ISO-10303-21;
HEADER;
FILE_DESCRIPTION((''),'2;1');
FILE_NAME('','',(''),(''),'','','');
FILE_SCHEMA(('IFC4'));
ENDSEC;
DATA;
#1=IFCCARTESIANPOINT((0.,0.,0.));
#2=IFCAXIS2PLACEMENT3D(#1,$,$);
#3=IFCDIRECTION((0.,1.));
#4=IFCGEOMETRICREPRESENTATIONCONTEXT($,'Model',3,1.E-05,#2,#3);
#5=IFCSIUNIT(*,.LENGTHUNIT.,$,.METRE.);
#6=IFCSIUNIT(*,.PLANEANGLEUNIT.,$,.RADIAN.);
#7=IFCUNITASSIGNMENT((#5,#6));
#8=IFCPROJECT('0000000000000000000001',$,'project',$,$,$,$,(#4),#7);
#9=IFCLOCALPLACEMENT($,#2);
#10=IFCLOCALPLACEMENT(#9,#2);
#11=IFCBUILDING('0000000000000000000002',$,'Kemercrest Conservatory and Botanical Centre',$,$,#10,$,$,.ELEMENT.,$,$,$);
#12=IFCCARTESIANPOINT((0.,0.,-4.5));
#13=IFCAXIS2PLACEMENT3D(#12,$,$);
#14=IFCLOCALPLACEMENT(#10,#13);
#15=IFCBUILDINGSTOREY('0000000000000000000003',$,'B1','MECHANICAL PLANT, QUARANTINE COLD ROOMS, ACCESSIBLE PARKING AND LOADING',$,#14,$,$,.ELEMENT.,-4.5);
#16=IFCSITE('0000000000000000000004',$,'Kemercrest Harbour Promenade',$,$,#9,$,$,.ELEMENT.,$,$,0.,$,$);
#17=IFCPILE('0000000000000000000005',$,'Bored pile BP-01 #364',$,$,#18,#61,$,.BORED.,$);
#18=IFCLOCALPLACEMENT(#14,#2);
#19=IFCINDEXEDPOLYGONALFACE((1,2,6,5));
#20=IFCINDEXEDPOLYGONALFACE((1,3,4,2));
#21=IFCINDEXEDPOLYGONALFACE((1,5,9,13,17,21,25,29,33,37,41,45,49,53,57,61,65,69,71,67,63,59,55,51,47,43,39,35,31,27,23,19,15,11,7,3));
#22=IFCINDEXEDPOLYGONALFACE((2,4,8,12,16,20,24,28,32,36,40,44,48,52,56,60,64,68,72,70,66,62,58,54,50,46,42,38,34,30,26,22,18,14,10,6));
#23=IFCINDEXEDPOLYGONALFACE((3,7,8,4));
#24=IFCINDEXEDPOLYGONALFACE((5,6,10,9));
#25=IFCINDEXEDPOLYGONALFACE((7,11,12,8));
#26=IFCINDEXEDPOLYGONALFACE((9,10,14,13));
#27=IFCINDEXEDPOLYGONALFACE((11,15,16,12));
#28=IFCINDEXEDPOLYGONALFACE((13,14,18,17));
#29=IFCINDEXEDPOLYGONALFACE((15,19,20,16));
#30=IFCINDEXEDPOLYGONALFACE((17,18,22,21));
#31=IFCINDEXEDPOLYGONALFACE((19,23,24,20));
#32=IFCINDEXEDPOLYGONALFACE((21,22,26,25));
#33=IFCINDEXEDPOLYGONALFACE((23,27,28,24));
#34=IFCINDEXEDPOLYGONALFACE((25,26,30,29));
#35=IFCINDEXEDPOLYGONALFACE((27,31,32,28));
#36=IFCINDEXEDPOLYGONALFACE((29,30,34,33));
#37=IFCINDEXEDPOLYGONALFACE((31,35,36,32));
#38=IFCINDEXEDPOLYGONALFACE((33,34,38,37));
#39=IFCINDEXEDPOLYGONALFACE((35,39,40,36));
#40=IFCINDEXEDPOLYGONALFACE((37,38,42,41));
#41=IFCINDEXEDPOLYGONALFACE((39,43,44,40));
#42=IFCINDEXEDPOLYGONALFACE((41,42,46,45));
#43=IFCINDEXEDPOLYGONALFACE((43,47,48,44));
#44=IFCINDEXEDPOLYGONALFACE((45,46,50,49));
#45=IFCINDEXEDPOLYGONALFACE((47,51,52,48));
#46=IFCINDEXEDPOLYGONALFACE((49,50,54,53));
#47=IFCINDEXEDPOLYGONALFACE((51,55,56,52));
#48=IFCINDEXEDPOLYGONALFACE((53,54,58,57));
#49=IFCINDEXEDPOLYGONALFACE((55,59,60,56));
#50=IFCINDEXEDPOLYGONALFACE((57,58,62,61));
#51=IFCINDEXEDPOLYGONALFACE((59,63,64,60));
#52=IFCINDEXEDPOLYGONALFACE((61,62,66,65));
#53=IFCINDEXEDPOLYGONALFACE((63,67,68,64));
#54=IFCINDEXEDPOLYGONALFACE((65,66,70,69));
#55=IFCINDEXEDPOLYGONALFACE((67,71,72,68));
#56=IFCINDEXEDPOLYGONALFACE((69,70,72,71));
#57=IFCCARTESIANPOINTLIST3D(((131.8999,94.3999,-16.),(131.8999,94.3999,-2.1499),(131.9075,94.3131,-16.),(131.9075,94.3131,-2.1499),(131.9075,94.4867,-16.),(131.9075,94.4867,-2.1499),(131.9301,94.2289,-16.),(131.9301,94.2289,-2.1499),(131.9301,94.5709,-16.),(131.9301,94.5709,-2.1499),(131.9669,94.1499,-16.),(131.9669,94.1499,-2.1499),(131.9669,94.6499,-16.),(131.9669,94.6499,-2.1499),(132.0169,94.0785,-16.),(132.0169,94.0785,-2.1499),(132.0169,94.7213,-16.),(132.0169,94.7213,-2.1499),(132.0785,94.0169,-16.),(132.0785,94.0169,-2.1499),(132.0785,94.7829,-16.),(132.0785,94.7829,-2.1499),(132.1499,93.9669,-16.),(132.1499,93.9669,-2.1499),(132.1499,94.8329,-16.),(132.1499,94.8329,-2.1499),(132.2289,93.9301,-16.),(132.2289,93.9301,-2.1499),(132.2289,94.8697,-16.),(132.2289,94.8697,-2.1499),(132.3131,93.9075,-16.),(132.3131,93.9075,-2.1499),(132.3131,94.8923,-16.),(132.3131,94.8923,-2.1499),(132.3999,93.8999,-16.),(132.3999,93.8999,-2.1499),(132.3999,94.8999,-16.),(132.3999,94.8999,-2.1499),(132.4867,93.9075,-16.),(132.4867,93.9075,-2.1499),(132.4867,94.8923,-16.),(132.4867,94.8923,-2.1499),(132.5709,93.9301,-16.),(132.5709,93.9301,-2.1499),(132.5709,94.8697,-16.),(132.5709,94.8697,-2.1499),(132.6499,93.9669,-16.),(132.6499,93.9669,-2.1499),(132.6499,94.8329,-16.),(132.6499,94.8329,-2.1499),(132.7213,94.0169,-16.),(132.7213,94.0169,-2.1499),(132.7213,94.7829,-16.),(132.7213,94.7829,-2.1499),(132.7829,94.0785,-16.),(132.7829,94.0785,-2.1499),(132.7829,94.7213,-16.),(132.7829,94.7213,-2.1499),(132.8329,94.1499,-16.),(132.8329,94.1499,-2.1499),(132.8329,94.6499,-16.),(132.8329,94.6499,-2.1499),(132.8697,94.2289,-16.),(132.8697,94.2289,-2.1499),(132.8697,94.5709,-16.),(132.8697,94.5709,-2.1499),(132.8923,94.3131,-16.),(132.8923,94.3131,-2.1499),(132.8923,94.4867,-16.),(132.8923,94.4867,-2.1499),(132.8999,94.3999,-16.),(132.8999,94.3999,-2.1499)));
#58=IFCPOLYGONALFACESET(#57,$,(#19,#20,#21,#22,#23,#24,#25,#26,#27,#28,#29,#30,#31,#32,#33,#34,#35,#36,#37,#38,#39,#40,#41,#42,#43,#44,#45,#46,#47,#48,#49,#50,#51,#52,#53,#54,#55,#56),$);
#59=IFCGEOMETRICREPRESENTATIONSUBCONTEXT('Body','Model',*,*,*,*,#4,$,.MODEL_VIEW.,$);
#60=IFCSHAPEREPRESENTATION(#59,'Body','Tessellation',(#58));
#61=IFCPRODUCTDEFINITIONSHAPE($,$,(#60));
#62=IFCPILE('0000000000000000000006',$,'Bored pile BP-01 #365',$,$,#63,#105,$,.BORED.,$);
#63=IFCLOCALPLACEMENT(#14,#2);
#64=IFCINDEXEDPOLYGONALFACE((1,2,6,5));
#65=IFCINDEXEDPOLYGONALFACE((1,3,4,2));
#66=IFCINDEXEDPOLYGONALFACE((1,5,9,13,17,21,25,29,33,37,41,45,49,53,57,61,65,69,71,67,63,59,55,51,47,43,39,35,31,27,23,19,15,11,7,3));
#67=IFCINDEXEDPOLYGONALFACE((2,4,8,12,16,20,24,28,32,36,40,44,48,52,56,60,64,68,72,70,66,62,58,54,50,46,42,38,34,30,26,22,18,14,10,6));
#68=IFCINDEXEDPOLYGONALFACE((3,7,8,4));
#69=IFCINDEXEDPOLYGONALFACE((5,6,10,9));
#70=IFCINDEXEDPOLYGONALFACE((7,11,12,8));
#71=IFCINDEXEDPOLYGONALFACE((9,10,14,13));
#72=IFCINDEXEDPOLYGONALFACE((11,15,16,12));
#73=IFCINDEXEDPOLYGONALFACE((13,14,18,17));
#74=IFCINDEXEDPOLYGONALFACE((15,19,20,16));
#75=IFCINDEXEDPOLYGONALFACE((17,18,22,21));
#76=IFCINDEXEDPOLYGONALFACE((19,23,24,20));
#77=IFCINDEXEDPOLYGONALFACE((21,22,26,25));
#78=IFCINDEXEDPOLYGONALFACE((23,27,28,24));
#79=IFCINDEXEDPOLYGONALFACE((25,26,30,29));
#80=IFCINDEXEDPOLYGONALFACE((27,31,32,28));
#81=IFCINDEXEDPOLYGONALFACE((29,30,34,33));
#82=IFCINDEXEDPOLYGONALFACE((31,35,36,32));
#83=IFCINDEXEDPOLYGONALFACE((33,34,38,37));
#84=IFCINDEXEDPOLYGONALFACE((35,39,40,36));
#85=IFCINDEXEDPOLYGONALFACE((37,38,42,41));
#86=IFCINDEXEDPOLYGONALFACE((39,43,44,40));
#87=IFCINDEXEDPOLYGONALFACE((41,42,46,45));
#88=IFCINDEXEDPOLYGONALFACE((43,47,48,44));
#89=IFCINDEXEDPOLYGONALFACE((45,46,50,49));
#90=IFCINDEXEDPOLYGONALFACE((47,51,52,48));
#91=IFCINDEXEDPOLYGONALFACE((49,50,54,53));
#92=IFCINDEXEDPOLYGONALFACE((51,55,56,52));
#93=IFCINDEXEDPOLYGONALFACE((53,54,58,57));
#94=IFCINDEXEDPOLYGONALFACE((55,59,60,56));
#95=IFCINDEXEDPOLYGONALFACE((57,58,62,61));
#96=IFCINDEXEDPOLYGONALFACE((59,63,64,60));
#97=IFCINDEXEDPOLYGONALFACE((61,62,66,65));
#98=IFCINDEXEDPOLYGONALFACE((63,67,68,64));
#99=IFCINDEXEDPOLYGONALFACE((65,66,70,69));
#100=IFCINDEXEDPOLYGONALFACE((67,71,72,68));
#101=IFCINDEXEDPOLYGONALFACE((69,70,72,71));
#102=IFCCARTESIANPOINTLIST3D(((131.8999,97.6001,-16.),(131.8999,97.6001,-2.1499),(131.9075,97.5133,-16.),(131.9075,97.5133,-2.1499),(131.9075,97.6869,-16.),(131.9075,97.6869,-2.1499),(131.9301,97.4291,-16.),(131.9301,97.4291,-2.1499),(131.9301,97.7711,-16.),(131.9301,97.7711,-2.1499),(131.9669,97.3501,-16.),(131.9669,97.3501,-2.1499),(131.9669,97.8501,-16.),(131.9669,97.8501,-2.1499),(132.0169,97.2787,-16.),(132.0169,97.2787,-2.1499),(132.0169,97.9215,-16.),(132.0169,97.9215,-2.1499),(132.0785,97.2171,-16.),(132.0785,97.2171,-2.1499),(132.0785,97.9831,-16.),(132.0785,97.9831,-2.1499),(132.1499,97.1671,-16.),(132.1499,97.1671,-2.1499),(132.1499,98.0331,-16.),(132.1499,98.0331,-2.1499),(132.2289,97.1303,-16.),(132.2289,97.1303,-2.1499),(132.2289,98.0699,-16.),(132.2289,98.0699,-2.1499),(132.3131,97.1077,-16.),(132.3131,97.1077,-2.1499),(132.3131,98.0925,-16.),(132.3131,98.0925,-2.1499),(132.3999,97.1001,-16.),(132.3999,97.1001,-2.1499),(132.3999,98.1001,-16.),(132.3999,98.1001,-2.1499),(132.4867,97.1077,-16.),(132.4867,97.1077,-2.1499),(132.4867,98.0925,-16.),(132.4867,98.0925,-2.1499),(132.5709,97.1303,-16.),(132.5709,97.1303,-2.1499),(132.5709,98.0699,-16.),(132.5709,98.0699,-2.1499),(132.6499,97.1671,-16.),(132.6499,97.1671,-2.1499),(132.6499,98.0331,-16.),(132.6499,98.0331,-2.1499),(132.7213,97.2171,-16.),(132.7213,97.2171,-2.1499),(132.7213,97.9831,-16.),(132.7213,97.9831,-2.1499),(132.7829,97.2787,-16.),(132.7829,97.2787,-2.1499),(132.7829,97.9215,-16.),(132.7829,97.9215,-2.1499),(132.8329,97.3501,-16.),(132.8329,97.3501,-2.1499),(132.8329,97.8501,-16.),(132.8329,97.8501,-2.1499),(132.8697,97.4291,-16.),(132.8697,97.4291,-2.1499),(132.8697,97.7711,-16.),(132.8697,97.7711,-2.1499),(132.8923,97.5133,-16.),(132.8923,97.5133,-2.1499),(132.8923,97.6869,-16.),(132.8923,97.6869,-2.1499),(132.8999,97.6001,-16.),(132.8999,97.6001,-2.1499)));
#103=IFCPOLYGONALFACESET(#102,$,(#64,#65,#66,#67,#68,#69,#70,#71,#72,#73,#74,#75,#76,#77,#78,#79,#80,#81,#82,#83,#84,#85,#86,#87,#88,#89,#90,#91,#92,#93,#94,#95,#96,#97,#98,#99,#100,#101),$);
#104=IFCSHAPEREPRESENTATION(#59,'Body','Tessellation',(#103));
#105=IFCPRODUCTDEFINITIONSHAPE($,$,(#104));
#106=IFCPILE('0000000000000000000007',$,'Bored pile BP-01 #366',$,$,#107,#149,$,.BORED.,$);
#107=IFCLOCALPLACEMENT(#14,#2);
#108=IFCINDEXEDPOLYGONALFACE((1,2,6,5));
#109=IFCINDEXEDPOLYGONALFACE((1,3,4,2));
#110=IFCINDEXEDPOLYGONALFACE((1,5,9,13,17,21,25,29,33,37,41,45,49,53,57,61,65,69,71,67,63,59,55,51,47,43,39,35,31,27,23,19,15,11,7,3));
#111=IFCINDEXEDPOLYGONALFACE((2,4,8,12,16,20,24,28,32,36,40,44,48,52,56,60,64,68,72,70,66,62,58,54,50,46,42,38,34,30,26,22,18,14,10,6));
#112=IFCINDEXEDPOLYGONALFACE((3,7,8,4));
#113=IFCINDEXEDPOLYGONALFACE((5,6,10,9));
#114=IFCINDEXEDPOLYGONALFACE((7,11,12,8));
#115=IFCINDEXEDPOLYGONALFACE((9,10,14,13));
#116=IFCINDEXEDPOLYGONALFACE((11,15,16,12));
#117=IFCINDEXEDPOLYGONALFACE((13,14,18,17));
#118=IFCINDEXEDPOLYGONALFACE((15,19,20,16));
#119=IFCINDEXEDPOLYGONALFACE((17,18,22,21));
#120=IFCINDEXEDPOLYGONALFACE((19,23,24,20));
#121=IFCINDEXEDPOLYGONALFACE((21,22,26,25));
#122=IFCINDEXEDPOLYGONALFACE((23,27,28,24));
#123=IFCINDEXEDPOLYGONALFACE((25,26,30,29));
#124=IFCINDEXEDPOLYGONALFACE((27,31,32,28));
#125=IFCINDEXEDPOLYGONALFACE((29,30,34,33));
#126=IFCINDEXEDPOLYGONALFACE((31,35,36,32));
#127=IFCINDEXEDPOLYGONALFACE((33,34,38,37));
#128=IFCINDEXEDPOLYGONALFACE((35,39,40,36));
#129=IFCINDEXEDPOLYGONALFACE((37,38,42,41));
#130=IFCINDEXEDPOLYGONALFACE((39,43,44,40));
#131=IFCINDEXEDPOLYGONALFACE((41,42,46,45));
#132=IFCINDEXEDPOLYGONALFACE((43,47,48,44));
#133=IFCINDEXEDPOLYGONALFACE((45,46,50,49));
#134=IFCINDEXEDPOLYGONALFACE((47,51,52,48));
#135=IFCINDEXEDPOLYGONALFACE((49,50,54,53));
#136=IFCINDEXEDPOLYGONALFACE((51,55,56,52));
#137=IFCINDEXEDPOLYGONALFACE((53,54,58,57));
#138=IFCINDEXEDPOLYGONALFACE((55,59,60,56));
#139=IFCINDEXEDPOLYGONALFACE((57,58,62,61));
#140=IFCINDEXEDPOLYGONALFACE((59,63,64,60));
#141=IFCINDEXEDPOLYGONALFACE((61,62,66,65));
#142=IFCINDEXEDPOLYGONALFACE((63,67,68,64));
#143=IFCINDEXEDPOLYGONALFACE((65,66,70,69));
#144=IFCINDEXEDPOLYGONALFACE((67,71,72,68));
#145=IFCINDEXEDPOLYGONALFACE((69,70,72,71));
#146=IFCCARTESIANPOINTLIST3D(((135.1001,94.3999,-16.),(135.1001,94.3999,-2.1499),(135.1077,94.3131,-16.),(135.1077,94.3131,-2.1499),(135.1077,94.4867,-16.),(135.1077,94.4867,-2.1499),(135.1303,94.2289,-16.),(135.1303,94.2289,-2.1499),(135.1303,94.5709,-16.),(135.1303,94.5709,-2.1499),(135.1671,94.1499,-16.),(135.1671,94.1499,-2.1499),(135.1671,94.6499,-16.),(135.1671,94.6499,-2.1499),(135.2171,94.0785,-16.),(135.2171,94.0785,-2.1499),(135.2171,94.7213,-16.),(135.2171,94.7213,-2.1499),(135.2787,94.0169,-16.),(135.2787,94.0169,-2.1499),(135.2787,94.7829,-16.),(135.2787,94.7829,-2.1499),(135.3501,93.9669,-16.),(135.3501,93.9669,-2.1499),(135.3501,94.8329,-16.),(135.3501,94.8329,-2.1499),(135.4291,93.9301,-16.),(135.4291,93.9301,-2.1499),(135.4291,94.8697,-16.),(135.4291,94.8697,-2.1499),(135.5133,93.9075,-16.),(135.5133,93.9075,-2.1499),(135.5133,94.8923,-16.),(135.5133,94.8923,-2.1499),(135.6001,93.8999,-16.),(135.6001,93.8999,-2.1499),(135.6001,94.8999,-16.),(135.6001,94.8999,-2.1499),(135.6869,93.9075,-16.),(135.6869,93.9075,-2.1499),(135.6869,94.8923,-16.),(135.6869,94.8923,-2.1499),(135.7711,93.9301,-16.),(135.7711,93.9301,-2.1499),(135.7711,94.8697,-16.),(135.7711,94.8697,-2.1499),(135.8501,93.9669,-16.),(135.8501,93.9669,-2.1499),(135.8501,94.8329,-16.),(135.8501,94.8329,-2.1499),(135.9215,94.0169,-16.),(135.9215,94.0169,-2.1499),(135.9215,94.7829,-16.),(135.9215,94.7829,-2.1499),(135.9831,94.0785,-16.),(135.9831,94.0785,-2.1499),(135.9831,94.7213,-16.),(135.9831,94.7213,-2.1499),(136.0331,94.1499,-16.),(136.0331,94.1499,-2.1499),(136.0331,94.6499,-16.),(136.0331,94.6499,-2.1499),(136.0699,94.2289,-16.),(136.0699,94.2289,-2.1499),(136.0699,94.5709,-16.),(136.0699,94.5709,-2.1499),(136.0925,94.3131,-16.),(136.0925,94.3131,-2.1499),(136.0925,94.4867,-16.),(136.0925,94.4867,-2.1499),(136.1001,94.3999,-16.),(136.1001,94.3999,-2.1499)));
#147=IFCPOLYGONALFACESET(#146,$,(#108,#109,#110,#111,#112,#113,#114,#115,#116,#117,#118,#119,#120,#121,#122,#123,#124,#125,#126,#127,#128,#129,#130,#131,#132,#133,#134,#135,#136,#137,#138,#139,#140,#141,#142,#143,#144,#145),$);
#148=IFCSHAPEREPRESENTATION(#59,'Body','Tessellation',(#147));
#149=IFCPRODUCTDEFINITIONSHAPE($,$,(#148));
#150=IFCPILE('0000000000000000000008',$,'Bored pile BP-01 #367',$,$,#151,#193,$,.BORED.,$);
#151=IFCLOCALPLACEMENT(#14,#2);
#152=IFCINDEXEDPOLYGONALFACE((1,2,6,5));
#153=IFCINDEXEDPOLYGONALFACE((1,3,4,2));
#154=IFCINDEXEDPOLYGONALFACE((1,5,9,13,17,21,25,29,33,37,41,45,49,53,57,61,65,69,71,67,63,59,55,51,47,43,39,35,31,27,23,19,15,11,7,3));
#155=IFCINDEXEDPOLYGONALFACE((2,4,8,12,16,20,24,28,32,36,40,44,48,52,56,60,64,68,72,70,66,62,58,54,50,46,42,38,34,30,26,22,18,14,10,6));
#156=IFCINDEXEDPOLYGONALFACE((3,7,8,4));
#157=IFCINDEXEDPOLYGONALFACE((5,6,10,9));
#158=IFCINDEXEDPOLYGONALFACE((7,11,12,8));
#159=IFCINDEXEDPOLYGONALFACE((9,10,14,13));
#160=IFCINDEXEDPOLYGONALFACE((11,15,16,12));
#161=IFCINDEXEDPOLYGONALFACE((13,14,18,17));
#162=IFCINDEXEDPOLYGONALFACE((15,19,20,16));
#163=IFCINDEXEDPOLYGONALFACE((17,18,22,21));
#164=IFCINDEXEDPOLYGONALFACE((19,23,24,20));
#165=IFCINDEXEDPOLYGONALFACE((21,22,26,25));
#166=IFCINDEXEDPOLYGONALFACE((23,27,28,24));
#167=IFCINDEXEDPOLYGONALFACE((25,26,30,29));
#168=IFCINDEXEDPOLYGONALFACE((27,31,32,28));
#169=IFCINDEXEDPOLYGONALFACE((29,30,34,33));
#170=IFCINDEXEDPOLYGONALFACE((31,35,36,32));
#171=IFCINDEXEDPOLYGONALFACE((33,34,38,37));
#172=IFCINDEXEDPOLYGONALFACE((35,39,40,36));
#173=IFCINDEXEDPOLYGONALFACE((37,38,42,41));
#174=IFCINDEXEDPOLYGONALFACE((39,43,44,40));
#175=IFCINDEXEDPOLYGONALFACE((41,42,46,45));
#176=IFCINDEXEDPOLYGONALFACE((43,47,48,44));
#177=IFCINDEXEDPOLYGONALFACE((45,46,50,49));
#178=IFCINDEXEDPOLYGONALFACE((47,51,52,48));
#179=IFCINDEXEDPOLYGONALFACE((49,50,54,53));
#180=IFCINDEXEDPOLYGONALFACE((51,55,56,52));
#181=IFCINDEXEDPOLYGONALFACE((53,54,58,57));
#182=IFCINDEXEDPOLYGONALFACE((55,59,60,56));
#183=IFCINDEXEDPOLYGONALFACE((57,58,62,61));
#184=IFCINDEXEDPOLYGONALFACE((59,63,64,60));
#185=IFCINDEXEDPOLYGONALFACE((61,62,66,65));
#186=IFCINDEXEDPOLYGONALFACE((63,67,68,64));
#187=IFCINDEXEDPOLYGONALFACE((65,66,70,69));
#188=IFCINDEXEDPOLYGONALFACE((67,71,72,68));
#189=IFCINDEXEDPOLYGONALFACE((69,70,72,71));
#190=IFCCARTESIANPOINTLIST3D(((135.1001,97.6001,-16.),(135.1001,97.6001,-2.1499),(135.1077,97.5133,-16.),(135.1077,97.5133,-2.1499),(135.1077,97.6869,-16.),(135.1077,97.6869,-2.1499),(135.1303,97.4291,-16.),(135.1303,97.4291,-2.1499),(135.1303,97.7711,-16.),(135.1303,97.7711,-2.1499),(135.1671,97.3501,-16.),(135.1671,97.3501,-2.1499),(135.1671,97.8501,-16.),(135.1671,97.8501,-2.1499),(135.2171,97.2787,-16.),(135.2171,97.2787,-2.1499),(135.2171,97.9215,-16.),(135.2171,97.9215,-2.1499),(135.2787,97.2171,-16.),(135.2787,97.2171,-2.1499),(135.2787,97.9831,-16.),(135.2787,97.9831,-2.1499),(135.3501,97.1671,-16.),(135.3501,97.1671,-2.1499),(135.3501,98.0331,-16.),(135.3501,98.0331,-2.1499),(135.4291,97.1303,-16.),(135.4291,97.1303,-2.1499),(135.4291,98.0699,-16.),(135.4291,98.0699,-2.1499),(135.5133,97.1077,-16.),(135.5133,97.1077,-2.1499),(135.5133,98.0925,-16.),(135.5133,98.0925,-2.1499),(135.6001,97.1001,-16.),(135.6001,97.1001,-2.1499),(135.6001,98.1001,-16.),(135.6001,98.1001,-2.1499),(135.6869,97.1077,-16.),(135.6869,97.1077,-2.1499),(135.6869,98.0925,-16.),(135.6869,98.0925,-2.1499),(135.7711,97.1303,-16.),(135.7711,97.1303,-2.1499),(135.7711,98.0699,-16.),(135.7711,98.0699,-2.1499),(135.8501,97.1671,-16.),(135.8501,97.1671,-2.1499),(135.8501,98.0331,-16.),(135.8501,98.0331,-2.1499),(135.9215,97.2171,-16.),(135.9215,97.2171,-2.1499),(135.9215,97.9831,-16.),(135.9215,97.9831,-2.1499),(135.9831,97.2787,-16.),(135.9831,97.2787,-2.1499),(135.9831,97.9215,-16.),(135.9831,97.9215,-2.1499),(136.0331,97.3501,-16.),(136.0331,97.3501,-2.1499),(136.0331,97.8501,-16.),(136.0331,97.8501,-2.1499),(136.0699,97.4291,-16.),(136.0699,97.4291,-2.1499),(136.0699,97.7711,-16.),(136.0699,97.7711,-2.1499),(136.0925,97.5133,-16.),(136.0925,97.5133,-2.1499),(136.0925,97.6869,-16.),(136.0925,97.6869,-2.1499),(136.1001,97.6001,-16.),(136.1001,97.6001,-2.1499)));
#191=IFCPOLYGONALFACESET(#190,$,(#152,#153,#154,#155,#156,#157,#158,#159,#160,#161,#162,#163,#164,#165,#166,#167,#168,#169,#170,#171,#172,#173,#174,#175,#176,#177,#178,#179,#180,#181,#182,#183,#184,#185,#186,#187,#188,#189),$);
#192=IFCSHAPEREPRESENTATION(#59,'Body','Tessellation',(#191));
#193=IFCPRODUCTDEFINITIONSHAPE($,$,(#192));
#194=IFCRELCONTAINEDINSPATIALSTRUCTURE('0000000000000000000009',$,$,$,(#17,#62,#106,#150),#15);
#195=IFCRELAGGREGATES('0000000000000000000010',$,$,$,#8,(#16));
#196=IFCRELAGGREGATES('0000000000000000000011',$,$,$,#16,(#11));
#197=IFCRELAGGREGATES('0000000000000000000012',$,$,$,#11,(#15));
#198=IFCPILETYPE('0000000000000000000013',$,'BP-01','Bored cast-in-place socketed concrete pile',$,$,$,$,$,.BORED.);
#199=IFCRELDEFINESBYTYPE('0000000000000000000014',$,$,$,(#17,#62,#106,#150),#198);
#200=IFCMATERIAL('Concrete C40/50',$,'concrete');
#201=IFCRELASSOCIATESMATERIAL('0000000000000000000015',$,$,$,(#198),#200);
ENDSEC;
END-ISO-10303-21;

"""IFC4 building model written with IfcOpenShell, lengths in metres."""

from ifc_helpers import new_model, si_unit, direction, frame, origin, origin_2d, place, context, subcontext, project, spatial, circle, extrude, material, material_profile, profile_set, type_object, element, save


model = new_model("IFC4")

# Units and contexts
model_context = context("Model", 3, precision=1e-05, world=origin(), true_north=direction((0.0, 1.0)))
body_context = subcontext(model_context, "Body", "Model", "MODEL_VIEW")
ifc_project = project(units=[si_unit("LENGTHUNIT", "METRE"), si_unit("PLANEANGLEUNIT", "RADIAN")], contexts=[model_context])

# Site, building, storey
site_placement = place(None, origin())
site = spatial("IfcSite", under=ifc_project, at=site_placement, Name="Kemercrest Harbour Promenade", CompositionType="ELEMENT", RefElevation=0.0)
building_placement = place(site_placement, origin())
building = spatial("IfcBuilding", under=site, at=building_placement, Name="Kemercrest Conservatory and Botanical Centre", CompositionType="ELEMENT")
storey_placement = place(building_placement, frame((0.0, 0.0, -4.5)))
storey = spatial("IfcBuildingStorey", under=building, at=storey_placement, Name="B1", Description="MECHANICAL PLANT, QUARANTINE COLD ROOMS, ACCESSIBLE PARKING AND LOADING", CompositionType="ELEMENT", Elevation=-4.5)

# Piles
ifc_material_1 = material(Name="Concrete C40/50", Category="concrete")
ifc_material_profile_1 = material_profile(ifc_material_1, circle(Radius=0.5, at=origin_2d()), Name="BORED PILE 1000")
ifc_profile_set_1 = profile_set([ifc_material_profile_1], Name="Concrete C40/50")
pile_type = type_object("IfcPileType", Name="BP-01", Description="Bored cast-in-place socketed concrete pile", PredefinedType="BORED", material=ifc_profile_set_1)
for number, where, z_axis, x_axis, name in (
    (1, (132.3999, 94.3999, -2.1499), (0.0, 0.0, -1.0), (1.0, 0.0, 0.0), "Bored pile BP-01 #364"),
    (2, (132.3999, 97.6001, -2.1499), (0.0, 0.0, -1.0), (1.0, 0.0, 0.0), "Bored pile BP-01 #365"),
    (3, (135.6001, 94.3999, -2.1499), (0.0, 0.0, -1.0), (1.0, 0.0, 0.0), "Bored pile BP-01 #366"),
    (4, (135.6001, 97.6001, -2.1499), (0.0, 0.0, -1.0), (1.0, 0.0, 0.0), "Bored pile BP-01 #367"),
):
    element("IfcPile", number, at=place(storey_placement, frame(where, z_axis=z_axis, x_axis=x_axis)), inside=storey, type_object=pile_type, Name=name, PredefinedType="BORED", context=body_context, shape_type="SweptSolid", body=[
        extrude(circle(Radius=0.5, at=origin_2d()), origin(), (0.0, 0.0, 1.0), 13.8501),
    ])

save(model, "model.ifc")
